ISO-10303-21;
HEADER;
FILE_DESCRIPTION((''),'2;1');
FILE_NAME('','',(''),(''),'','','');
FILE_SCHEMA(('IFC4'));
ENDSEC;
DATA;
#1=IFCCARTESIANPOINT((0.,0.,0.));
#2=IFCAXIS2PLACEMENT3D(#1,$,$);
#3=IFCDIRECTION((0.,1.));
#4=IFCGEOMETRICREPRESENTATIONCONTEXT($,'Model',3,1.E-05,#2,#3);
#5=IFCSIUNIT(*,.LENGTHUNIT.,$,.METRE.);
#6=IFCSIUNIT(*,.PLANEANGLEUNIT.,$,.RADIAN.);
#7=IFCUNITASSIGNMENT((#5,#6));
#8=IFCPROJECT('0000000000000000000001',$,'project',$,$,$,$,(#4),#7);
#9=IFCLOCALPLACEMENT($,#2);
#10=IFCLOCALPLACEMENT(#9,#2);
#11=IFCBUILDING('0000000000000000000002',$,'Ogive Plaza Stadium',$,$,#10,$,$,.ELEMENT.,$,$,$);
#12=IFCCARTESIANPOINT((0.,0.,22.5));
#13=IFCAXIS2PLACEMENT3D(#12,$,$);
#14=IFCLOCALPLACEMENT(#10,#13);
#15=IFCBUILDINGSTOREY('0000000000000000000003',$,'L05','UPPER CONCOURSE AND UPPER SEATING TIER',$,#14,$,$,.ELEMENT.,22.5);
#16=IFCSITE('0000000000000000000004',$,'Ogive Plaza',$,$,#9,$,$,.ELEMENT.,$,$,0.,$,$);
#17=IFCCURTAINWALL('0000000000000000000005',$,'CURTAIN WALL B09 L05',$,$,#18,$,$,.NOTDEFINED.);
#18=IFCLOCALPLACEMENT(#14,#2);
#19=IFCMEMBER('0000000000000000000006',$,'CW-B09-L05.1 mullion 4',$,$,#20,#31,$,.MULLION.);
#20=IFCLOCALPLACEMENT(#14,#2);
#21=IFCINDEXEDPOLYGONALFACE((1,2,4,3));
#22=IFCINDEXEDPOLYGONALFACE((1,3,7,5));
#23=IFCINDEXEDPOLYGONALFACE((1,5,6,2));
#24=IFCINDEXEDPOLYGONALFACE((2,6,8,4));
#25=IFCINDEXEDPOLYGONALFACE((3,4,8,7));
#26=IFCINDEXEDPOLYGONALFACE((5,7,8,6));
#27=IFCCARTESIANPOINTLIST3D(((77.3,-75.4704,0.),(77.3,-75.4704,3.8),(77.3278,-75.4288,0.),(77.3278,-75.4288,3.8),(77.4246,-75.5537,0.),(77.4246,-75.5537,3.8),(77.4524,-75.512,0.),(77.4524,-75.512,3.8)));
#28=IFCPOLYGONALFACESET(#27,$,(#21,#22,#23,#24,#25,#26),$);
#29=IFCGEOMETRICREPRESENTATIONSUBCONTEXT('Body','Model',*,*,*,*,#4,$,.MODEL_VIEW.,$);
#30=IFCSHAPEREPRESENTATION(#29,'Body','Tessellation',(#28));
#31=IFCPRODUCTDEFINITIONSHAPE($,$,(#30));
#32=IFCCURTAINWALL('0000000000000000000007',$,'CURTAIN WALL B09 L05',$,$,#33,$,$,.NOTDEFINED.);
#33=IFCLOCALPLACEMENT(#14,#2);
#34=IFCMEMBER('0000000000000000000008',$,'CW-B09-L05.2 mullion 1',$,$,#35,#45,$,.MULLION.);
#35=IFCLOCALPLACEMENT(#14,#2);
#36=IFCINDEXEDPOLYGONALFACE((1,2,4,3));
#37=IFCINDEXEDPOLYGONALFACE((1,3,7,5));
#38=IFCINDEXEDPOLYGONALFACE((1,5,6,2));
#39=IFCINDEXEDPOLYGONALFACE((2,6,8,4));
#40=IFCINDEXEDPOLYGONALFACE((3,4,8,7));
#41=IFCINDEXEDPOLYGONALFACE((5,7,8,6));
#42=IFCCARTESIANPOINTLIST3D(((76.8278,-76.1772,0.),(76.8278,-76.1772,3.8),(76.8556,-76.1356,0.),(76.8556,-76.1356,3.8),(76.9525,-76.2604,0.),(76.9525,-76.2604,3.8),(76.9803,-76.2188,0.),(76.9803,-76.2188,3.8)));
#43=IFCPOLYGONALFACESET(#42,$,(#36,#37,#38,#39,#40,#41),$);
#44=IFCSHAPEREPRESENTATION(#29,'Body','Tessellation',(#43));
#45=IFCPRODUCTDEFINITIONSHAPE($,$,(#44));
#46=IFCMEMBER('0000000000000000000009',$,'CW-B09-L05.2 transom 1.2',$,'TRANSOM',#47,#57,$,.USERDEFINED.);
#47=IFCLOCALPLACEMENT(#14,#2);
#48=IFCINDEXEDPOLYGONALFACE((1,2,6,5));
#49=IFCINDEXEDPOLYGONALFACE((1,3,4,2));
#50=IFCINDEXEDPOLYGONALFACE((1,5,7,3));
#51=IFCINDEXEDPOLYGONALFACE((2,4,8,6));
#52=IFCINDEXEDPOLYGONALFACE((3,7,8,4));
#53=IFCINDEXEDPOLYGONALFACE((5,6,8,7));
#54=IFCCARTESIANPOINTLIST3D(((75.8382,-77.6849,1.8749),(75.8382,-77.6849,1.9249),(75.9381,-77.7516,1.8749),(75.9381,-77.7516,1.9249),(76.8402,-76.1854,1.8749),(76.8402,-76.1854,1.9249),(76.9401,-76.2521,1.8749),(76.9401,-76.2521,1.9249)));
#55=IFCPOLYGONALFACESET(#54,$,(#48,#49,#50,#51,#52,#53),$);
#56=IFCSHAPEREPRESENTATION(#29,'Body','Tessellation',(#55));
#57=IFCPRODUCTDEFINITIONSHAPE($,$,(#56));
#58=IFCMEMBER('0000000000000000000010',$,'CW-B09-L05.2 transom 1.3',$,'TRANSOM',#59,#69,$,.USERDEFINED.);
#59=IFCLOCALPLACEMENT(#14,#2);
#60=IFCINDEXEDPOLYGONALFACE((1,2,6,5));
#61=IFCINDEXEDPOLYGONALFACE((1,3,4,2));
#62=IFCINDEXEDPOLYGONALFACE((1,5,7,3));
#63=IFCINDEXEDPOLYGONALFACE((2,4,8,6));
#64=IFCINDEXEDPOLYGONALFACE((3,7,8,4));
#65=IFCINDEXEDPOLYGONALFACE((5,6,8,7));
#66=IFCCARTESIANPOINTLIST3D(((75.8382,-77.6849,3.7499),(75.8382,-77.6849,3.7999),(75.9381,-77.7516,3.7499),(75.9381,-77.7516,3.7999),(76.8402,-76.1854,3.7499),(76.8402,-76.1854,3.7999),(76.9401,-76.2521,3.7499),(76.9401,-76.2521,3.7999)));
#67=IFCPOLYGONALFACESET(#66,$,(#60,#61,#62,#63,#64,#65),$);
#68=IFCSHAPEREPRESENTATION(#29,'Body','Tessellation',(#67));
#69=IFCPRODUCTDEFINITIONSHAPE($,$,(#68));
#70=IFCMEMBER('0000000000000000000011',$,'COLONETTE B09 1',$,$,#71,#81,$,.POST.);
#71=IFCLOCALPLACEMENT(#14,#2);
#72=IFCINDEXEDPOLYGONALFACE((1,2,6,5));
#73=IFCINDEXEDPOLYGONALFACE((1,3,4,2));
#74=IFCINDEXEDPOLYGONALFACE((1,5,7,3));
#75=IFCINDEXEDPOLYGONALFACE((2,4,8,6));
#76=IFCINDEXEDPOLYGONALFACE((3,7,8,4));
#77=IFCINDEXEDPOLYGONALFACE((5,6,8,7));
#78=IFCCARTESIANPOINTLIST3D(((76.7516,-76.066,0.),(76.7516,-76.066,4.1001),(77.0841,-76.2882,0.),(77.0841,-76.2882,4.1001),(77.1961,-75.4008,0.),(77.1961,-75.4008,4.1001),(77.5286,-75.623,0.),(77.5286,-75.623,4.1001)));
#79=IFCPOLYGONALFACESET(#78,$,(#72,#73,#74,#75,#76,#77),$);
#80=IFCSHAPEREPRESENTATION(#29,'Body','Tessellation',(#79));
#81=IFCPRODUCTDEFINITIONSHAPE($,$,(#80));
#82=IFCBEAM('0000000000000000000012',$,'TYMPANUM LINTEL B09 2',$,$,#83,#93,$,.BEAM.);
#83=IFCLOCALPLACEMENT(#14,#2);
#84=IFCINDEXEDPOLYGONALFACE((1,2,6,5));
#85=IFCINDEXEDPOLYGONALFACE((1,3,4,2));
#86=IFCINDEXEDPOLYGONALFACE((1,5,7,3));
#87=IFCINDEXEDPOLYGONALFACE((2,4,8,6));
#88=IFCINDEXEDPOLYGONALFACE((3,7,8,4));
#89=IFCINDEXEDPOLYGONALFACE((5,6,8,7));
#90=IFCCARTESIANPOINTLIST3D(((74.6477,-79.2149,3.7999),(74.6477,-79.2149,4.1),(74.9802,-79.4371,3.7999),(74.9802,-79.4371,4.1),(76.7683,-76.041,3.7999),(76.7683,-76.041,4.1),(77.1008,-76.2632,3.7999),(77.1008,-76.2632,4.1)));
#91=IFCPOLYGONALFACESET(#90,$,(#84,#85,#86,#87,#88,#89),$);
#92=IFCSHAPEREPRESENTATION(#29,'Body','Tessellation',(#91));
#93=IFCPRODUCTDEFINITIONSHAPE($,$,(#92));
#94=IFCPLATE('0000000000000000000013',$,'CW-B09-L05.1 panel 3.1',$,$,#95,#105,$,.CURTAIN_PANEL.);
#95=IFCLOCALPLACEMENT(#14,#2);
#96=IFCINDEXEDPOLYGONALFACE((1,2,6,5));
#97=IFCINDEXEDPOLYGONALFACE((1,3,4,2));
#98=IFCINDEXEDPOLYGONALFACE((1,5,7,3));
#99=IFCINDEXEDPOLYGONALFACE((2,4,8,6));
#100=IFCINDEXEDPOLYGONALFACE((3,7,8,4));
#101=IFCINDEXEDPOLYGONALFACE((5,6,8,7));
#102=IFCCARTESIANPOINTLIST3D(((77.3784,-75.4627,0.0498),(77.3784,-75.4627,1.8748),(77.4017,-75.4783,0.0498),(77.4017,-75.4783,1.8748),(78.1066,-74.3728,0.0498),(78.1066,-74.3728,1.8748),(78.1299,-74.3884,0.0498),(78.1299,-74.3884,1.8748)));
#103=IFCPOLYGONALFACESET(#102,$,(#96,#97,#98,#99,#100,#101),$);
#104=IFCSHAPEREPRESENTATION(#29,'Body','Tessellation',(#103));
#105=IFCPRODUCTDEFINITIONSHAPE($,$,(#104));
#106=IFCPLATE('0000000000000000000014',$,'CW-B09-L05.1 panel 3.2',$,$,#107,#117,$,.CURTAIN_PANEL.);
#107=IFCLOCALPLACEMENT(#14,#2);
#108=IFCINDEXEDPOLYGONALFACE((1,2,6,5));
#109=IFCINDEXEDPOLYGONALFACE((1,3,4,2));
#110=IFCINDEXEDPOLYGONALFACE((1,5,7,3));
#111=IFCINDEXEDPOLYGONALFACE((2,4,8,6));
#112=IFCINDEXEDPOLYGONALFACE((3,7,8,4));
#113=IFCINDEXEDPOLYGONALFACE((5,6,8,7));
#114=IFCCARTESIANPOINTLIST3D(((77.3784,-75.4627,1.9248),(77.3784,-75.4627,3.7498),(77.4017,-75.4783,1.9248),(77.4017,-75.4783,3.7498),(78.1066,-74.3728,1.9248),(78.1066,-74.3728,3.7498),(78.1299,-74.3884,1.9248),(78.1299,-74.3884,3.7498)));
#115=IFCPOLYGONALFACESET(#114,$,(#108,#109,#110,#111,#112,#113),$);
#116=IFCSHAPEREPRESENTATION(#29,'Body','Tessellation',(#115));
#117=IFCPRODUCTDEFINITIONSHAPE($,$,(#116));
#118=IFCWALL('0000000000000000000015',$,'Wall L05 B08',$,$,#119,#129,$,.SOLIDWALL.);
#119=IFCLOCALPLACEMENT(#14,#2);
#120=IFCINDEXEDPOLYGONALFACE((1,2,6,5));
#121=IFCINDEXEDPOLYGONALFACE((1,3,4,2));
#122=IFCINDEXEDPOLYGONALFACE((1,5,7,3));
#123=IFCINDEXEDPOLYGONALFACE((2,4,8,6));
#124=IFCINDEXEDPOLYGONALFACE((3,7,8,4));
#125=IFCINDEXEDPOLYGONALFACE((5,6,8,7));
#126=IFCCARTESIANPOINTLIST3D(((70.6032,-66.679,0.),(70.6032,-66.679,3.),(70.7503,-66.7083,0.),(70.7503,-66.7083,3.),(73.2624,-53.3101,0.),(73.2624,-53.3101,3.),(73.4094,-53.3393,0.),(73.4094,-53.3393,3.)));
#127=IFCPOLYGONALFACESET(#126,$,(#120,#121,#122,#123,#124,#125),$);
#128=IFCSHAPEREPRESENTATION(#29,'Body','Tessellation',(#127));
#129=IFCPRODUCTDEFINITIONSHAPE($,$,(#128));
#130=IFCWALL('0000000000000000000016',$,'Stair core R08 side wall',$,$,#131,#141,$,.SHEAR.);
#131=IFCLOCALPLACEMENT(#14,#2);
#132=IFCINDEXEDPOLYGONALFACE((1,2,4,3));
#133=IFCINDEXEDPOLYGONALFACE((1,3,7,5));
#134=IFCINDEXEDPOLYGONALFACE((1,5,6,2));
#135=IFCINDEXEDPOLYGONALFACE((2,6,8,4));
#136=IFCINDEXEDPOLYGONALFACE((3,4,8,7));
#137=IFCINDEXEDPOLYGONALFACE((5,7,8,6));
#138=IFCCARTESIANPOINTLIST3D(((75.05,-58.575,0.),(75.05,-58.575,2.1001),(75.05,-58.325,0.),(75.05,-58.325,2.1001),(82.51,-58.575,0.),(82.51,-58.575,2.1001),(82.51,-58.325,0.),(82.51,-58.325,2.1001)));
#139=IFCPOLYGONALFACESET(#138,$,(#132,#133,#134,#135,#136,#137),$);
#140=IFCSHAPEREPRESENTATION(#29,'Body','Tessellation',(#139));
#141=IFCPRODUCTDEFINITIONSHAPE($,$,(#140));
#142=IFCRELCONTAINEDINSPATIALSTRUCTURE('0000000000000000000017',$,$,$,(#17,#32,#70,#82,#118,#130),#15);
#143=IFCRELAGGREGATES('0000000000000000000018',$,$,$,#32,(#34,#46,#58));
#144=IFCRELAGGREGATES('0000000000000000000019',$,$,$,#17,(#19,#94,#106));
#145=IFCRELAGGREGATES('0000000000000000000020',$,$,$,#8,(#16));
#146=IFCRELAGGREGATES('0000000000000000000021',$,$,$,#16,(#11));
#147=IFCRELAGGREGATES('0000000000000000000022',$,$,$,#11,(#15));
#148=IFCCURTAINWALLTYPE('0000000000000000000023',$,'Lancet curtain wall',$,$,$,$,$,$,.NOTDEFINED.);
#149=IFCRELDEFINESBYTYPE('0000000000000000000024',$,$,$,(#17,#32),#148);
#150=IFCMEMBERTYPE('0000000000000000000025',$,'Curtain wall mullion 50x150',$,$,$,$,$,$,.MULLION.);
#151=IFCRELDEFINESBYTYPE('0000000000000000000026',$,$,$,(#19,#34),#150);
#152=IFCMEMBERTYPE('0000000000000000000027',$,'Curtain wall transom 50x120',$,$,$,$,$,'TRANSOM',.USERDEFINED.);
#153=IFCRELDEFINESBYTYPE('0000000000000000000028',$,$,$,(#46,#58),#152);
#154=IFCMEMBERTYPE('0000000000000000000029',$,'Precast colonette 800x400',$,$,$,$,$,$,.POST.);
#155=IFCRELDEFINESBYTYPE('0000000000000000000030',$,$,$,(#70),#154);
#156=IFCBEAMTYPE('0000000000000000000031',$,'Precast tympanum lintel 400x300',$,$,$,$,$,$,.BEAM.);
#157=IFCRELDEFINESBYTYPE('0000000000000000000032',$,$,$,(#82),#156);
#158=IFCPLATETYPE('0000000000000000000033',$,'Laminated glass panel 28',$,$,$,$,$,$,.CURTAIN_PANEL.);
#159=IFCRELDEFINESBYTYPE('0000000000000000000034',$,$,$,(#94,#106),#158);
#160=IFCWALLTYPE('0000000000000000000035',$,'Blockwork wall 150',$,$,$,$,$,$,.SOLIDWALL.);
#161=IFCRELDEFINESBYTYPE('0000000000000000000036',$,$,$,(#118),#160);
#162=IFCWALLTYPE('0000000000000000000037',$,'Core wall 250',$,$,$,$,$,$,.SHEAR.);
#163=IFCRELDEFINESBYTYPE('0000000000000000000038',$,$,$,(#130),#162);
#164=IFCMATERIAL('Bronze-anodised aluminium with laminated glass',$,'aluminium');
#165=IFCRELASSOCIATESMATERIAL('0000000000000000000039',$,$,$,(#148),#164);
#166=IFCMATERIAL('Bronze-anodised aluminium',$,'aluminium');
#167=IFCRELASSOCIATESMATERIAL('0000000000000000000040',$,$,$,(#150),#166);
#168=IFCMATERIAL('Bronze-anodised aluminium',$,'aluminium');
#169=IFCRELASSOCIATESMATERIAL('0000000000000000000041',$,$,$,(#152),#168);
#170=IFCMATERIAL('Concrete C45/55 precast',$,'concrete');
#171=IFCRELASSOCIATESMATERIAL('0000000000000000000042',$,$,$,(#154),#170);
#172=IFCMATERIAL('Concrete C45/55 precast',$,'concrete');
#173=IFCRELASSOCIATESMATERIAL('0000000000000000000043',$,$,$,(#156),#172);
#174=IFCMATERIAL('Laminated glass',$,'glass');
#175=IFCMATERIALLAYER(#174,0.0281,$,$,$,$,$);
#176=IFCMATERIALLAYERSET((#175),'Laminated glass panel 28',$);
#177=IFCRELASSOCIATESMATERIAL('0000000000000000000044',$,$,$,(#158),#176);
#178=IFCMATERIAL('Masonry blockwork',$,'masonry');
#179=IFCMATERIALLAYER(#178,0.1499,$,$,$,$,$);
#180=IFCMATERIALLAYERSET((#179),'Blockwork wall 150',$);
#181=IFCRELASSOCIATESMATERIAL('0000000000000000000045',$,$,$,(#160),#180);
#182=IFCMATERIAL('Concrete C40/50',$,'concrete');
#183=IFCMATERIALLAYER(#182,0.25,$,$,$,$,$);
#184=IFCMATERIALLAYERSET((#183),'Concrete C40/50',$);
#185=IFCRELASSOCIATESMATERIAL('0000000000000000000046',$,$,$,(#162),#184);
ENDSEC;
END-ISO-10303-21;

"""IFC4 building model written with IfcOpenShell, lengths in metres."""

from ifc_helpers import new_model, si_unit, direction, frame, frame_2d, origin, origin_2d, place, context, subcontext, project, spatial, rectangle, extrude, material, layer, layer_set, material_profile, profile_set, type_object, element, aggregate, save


model = new_model("IFC4")

# Units and contexts
model_context = context("Model", 3, precision=1e-05, world=origin(), true_north=direction((0.0, 1.0)))
body_context = subcontext(model_context, "Body", "Model", "MODEL_VIEW")
ifc_project = project(units=[si_unit("LENGTHUNIT", "METRE"), si_unit("PLANEANGLEUNIT", "RADIAN")], contexts=[model_context])

# Site, building, storey
site_placement = place(None, origin())
site = spatial("IfcSite", under=ifc_project, at=site_placement, Name="Ogive Plaza", CompositionType="ELEMENT", RefElevation=0.0)
building_placement = place(site_placement, origin())
building = spatial("IfcBuilding", under=site, at=building_placement, Name="Ogive Plaza Stadium", CompositionType="ELEMENT")
storey_placement = place(building_placement, frame((0.0, 0.0, 22.5)))
storey = spatial("IfcBuildingStorey", under=building, at=storey_placement, Name="L05", Description="UPPER CONCOURSE AND UPPER SEATING TIER", CompositionType="ELEMENT", Elevation=22.5)

# Curtain wall, member
ifc_material_1 = material(Name="Bronze-anodised aluminium with laminated glass", Category="aluminium")
curtain_wall_type = type_object("IfcCurtainWallType", Name="Lancet curtain wall", PredefinedType="NOTDEFINED", material=ifc_material_1)
curtain_wall_1_placement = place(storey_placement, origin())
curtain_wall_1 = element("IfcCurtainWall", 1, at=curtain_wall_1_placement, inside=storey, type_object=curtain_wall_type, Name="CURTAIN WALL B09 L05", PredefinedType="NOTDEFINED")
ifc_material_2 = material(Name="Bronze-anodised aluminium", Category="aluminium")
ifc_material_profile_1 = material_profile(ifc_material_2, rectangle(XDim=0.1499, YDim=0.05, at=origin_2d()), Name="AL 150x50")
ifc_profile_set_1 = profile_set([ifc_material_profile_1], Name="Bronze-anodised aluminium")
member_type_1 = type_object("IfcMemberType", Name="Curtain wall mullion 50x150", PredefinedType="MULLION", material=ifc_profile_set_1)
member_1_placement = place(storey_placement, frame((77.3762, -75.4912, 0.0), z_axis=(0.0, 0.0, 1.0), x_axis=(0.83147, -0.55557, 0.0)))
member_1 = element("IfcMember", 2, at=member_1_placement, type_object=member_type_1, Name="CW-B09-L05.1 mullion 4", PredefinedType="MULLION", context=body_context, shape_type="SweptSolid", body=[
    extrude(rectangle(XDim=0.1499, YDim=0.05, at=origin_2d()), origin(), (0.0, 0.0, 1.0), 3.8),
])

# Curtain wall, members
curtain_wall_2_placement = place(storey_placement, origin())
curtain_wall_2 = element("IfcCurtainWall", 3, at=curtain_wall_2_placement, inside=storey, type_object=curtain_wall_type, Name="CURTAIN WALL B09 L05", PredefinedType="NOTDEFINED")
member_2_placement = place(storey_placement, frame((76.9041, -76.198, 0.0), z_axis=(0.0, 0.0, 1.0), x_axis=(0.83147, -0.55557, 0.0)))
member_2 = element("IfcMember", 4, at=member_2_placement, type_object=member_type_1, Name="CW-B09-L05.2 mullion 1", PredefinedType="MULLION", context=body_context, shape_type="SweptSolid", body=[
    extrude(rectangle(XDim=0.1499, YDim=0.05, at=origin_2d()), origin(), (0.0, 0.0, 1.0), 3.8),
])
ifc_material_3 = material(Name="Bronze-anodised aluminium", Category="aluminium")
ifc_material_profile_2 = material_profile(ifc_material_3, rectangle(XDim=0.1201, YDim=0.05, at=origin_2d()), Name="AL 120x50")
ifc_profile_set_2 = profile_set([ifc_material_profile_2], Name="Bronze-anodised aluminium")
member_type_2 = type_object("IfcMemberType", Name="Curtain wall transom 50x120", ElementType="TRANSOM", PredefinedType="USERDEFINED", material=ifc_profile_set_2)
member_3_placement = place(storey_placement, frame((76.8901, -76.2188, 1.8999), z_axis=(-0.555575, -0.831467, 0.0), x_axis=(0.831467, -0.555575, 0.0)))
member_3 = element("IfcMember", 5, at=member_3_placement, type_object=member_type_2, Name="CW-B09-L05.2 transom 1.2", ObjectType="TRANSOM", PredefinedType="USERDEFINED", context=body_context, shape_type="SweptSolid", body=[
    extrude(rectangle(XDim=0.1201, YDim=0.05, at=origin_2d()), origin(), (0.0, 0.0, 1.0), 1.8035),
])
member_4_placement = place(storey_placement, frame((76.8901, -76.2188, 3.7749), z_axis=(-0.555575, -0.831467, 0.0), x_axis=(0.831467, -0.555575, 0.0)))
member_4 = element("IfcMember", 6, at=member_4_placement, type_object=member_type_2, Name="CW-B09-L05.2 transom 1.3", ObjectType="TRANSOM", PredefinedType="USERDEFINED", context=body_context, shape_type="SweptSolid", body=[
    extrude(rectangle(XDim=0.1201, YDim=0.05, at=origin_2d()), origin(), (0.0, 0.0, 1.0), 1.8035),
])
aggregate(curtain_wall_2, [member_2, member_3, member_4])

# Member
ifc_material_4 = material(Name="Concrete C45/55 precast", Category="concrete")
ifc_material_profile_3 = material_profile(ifc_material_4, rectangle(XDim=0.3999, YDim=0.8, at=origin_2d()), Name="RC 400x800")
ifc_profile_set_3 = profile_set([ifc_material_profile_3], Name="Concrete C45/55 precast")
member_type_3 = type_object("IfcMemberType", Name="Precast colonette 800x400", PredefinedType="POST", material=ifc_profile_set_3)
member_5_placement = place(storey_placement, frame((77.1401, -75.8445, 0.0), z_axis=(0.0, 0.0, 1.0), x_axis=(0.83147, -0.55557, 0.0)))
element("IfcMember", 7, at=member_5_placement, inside=storey, type_object=member_type_3, Name="COLONETTE B09 1", PredefinedType="POST", context=body_context, shape_type="SweptSolid", body=[
    extrude(rectangle(XDim=0.3999, YDim=0.8, at=origin_2d()), origin(), (0.0, 0.0, 1.0), 4.1001),
])

# Beam
ifc_material_5 = material(Name="Concrete C45/55 precast", Category="concrete")
ifc_material_profile_4 = material_profile(ifc_material_5, rectangle(XDim=0.3999, YDim=0.3, at=origin_2d()), Name="RC 400x300")
ifc_profile_set_4 = profile_set([ifc_material_profile_4], Name="Concrete C45/55 precast")
beam_type = type_object("IfcBeamType", Name="Precast tympanum lintel 400x300", PredefinedType="BEAM", material=ifc_profile_set_4)
beam_placement = place(storey_placement, frame((76.9346, -76.1521, 3.95), z_axis=(-0.555556, -0.831479, 0.0), x_axis=(0.831479, -0.555556, 0.0)))
element("IfcBeam", 8, at=beam_placement, inside=storey, type_object=beam_type, Name="TYMPANUM LINTEL B09 2", PredefinedType="BEAM", context=body_context, shape_type="SweptSolid", body=[
    extrude(rectangle(XDim=0.3999, YDim=0.3, at=origin_2d()), origin(), (0.0, 0.0, 1.0), 3.8171),
])

# Plates
ifc_material_6 = material(Name="Laminated glass", Category="glass")
ifc_layer_1 = layer(ifc_material_6, 0.0281)
ifc_layer_set_1 = layer_set([ifc_layer_1], Name="Laminated glass panel 28")
plate_type = type_object("IfcPlateType", Name="Laminated glass panel 28", PredefinedType="CURTAIN_PANEL", material=ifc_layer_set_1)
plate_1_placement = place(storey_placement, frame((77.7542, -74.9255, 0.0498), z_axis=(0.0, 0.0, 1.0), x_axis=(-0.55557, -0.83147, 0.0)))
plate_1 = element("IfcPlate", 9, at=plate_1_placement, type_object=plate_type, Name="CW-B09-L05.1 panel 3.1", PredefinedType="CURTAIN_PANEL", context=body_context, shape_type="SweptSolid", body=[
    extrude(rectangle(XDim=1.3108, YDim=0.0281, at=origin_2d()), origin(), (0.0, 0.0, 1.0), 1.825),
])
plate_2_placement = place(storey_placement, frame((77.7542, -74.9255, 1.9248), z_axis=(0.0, 0.0, 1.0), x_axis=(-0.55557, -0.83147, 0.0)))
plate_2 = element("IfcPlate", 10, at=plate_2_placement, type_object=plate_type, Name="CW-B09-L05.1 panel 3.2", PredefinedType="CURTAIN_PANEL", context=body_context, shape_type="SweptSolid", body=[
    extrude(rectangle(XDim=1.3108, YDim=0.0281, at=origin_2d()), origin(), (0.0, 0.0, 1.0), 1.825),
])
aggregate(curtain_wall_1, [member_1, plate_1, plate_2])

# Wall
ifc_material_7 = material(Name="Masonry blockwork", Category="masonry")
ifc_layer_2 = layer(ifc_material_7, 0.1499)
ifc_layer_set_2 = layer_set([ifc_layer_2], Name="Blockwork wall 150")
wall_type_1 = type_object("IfcWallType", Name="Blockwork wall 150", PredefinedType="SOLIDWALL", material=ifc_layer_set_2)
wall_1_placement = place(storey_placement, frame((73.3359, -53.3247, 0.0), z_axis=(0.0, 0.0, 1.0), x_axis=(-0.195086, -0.980786, 0.0)))
element("IfcWall", 11, at=wall_1_placement, inside=storey, type_object=wall_type_1, Name="Wall L05 B08", PredefinedType="SOLIDWALL", context=body_context, shape_type="SweptSolid", body=[
    extrude(rectangle(XDim=13.6309, YDim=0.1499, at=frame_2d((6.8154, 0.0))), origin(), (0.0, 0.0, 1.0), 3.0),
])

# Shared definitions
ifc_material_8 = material(Name="Concrete C40/50", Category="concrete")
ifc_layer_3 = layer(ifc_material_8, 0.25)
ifc_layer_set_3 = layer_set([ifc_layer_3], Name="Concrete C40/50")
wall_type_2 = type_object("IfcWallType", Name="Core wall 250", PredefinedType="SHEAR", material=ifc_layer_set_3)

# Wall
wall_2_placement = place(storey_placement, frame((75.05, -58.45, 0.0), z_axis=(0.0, 0.0, 1.0), x_axis=(1.0, 0.0, 0.0)))
element("IfcWall", 12, at=wall_2_placement, inside=storey, type_object=wall_type_2, Name="Stair core R08 side wall", PredefinedType="SHEAR", context=body_context, shape_type="SweptSolid", body=[
    extrude(rectangle(XDim=7.46, YDim=0.25, at=frame_2d((3.73, 0.0))), origin(), (0.0, 0.0, 1.0), 2.1001),
])

save(model, "model.ifc")
